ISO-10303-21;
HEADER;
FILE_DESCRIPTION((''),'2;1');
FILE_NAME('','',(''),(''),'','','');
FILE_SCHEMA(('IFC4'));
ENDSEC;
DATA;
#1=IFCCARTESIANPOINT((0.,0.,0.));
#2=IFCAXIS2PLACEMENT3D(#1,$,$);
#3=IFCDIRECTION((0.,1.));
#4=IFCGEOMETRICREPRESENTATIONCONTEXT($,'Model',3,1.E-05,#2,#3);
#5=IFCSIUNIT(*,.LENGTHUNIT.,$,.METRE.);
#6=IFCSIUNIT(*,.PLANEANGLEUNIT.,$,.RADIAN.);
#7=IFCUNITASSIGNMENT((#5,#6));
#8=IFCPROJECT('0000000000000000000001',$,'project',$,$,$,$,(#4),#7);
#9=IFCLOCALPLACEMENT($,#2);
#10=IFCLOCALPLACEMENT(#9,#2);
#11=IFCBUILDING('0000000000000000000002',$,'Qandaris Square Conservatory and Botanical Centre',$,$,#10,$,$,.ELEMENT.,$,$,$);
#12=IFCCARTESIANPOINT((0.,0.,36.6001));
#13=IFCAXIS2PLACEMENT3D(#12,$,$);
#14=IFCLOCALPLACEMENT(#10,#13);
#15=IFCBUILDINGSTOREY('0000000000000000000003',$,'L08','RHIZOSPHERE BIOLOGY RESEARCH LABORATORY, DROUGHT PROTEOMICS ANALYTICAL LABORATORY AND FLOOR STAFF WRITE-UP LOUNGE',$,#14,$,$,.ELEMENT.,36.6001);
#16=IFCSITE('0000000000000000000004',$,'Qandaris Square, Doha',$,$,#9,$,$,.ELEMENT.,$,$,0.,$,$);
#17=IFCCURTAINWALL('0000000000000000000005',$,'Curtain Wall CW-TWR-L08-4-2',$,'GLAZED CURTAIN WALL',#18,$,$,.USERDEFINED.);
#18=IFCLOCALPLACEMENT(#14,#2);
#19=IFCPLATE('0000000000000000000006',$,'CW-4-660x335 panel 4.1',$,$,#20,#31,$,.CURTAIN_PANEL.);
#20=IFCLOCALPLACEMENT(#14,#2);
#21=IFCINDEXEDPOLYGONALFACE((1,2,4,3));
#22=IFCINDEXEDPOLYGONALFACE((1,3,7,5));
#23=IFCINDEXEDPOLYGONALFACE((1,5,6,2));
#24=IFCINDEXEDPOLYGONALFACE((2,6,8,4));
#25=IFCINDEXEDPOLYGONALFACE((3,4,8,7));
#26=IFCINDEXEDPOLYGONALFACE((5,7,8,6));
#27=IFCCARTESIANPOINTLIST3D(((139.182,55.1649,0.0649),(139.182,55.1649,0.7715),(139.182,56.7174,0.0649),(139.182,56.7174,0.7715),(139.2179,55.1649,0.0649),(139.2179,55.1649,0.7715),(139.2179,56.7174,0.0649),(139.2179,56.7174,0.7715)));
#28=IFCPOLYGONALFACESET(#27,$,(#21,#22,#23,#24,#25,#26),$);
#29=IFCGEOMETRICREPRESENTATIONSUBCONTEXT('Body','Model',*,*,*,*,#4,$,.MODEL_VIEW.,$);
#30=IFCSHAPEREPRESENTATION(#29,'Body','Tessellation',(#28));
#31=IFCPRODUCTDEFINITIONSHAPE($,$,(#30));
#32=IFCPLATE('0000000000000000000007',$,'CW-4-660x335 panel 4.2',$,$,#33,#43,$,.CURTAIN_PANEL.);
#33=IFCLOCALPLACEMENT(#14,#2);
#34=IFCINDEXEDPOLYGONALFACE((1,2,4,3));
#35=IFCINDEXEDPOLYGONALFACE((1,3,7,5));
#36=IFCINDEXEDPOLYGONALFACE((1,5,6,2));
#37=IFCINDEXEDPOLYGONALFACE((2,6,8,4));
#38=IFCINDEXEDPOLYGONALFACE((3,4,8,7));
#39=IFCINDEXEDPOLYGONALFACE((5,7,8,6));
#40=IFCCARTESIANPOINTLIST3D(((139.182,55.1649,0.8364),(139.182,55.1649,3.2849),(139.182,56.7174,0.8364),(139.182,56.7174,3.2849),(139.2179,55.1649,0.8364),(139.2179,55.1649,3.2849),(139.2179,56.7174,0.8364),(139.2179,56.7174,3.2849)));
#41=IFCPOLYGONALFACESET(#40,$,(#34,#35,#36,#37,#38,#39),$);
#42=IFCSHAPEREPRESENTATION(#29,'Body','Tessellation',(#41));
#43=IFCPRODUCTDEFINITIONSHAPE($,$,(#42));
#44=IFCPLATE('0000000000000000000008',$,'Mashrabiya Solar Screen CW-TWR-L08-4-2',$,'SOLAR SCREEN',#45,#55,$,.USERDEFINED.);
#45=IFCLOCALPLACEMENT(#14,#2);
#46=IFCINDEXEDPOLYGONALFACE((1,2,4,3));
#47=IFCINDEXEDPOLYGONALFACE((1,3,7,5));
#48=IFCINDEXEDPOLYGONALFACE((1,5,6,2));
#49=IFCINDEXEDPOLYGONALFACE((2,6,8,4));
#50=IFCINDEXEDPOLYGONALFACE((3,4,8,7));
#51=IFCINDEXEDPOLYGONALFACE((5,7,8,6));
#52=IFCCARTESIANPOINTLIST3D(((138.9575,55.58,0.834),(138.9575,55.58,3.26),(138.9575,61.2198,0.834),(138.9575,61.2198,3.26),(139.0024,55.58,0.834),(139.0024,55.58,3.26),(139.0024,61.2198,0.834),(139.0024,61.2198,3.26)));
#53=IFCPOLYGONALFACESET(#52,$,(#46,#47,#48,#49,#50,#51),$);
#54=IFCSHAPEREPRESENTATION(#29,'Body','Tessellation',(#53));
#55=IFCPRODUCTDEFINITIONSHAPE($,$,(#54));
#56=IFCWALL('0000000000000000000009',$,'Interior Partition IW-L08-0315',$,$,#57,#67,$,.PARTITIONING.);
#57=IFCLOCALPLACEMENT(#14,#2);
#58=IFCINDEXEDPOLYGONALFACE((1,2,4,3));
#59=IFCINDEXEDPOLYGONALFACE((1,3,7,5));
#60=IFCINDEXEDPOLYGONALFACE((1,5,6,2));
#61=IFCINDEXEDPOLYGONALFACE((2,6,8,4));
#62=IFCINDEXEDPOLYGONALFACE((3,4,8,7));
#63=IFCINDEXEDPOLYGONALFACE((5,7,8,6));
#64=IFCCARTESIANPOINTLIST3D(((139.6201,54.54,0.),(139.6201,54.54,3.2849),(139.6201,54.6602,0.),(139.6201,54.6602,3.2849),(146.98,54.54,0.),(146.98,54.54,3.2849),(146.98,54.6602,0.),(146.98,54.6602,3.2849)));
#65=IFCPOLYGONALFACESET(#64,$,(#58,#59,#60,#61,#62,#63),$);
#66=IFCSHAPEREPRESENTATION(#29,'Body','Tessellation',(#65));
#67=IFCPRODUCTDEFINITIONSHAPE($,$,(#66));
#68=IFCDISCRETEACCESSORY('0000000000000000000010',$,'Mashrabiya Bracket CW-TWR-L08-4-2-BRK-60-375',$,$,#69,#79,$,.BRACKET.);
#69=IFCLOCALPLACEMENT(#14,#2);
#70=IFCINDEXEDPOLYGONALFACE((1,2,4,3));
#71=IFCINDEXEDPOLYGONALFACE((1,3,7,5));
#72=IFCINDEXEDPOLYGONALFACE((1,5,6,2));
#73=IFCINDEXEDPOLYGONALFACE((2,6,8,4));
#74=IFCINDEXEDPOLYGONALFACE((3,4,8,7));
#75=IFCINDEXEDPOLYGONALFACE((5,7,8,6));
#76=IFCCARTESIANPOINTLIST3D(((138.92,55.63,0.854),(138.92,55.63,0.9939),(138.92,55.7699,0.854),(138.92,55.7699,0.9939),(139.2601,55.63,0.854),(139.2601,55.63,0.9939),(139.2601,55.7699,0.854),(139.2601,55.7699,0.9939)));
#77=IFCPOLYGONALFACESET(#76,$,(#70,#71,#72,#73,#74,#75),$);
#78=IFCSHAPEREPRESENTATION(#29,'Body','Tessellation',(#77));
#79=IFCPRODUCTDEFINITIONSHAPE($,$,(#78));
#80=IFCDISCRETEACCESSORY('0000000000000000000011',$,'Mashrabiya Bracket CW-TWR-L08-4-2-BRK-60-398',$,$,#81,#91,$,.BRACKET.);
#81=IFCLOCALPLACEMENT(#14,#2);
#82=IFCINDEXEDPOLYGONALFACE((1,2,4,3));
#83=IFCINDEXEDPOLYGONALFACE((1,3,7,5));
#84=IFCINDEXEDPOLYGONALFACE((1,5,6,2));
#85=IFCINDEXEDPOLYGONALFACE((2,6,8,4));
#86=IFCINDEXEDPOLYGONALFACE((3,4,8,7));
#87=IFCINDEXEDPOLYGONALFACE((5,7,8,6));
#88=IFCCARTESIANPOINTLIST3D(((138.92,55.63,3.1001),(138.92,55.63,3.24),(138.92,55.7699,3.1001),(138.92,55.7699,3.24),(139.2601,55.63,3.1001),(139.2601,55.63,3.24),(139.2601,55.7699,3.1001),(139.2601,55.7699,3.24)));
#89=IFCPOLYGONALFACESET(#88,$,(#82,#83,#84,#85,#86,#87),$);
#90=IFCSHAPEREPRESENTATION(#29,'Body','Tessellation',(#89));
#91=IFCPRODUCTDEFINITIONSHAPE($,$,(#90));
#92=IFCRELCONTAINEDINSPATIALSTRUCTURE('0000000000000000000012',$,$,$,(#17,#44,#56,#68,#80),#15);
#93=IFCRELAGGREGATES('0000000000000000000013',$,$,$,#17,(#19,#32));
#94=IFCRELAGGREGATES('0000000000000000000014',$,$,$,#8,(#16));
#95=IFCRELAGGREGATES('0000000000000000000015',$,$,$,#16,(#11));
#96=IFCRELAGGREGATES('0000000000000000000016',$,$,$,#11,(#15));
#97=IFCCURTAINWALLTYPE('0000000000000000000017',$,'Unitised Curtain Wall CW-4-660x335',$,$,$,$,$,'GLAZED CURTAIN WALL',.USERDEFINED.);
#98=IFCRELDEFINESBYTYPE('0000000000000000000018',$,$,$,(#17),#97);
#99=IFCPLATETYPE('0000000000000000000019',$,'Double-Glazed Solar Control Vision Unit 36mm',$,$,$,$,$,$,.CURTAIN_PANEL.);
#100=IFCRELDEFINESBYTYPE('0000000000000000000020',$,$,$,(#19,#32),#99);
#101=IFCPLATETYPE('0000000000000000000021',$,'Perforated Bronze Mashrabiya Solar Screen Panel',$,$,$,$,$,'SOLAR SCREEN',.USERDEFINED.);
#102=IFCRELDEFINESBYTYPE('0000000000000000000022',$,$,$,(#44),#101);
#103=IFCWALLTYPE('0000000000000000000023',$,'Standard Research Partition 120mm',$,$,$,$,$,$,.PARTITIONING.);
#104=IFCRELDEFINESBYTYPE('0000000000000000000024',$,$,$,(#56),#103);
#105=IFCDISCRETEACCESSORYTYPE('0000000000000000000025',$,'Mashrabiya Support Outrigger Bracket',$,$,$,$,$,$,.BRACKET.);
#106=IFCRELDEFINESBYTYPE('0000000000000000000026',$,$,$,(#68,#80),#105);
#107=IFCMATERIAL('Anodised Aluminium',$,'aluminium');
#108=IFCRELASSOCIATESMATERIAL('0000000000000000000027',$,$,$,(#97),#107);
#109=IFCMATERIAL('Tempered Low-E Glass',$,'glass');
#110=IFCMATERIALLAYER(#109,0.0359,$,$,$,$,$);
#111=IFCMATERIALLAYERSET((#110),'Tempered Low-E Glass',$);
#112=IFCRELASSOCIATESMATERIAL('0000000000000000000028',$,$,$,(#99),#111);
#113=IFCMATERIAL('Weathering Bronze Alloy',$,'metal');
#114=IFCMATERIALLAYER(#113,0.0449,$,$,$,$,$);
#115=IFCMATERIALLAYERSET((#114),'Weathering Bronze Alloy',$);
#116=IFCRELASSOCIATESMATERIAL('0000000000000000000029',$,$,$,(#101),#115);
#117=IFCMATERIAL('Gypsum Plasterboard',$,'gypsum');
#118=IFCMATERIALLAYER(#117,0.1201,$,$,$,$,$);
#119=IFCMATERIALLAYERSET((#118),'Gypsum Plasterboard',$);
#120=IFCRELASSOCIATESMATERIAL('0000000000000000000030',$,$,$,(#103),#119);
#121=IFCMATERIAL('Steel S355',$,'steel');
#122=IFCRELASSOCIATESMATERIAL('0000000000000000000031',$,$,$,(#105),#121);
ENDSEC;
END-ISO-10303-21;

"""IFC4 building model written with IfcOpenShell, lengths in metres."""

from ifc_helpers import new_model, si_unit, direction, frame, frame_2d, origin, origin_2d, place, context, subcontext, project, spatial, rectangle, extrude, material, layer, layer_set, type_object, element, aggregate, save


model = new_model("IFC4")

# Units and contexts
model_context = context("Model", 3, precision=1e-05, world=origin(), true_north=direction((0.0, 1.0)))
body_context = subcontext(model_context, "Body", "Model", "MODEL_VIEW")
ifc_project = project(units=[si_unit("LENGTHUNIT", "METRE"), si_unit("PLANEANGLEUNIT", "RADIAN")], contexts=[model_context])

# Site, building, storey
site_placement = place(None, origin())
site = spatial("IfcSite", under=ifc_project, at=site_placement, Name="Qandaris Square, Doha", CompositionType="ELEMENT", RefElevation=0.0)
building_placement = place(site_placement, origin())
building = spatial("IfcBuilding", under=site, at=building_placement, Name="Qandaris Square Conservatory and Botanical Centre", CompositionType="ELEMENT")
storey_placement = place(building_placement, frame((0.0, 0.0, 36.6001)))
storey = spatial("IfcBuildingStorey", under=building, at=storey_placement, Name="L08", Description="RHIZOSPHERE BIOLOGY RESEARCH LABORATORY, DROUGHT PROTEOMICS ANALYTICAL LABORATORY AND FLOOR STAFF WRITE-UP LOUNGE", CompositionType="ELEMENT", Elevation=36.6001)

# Curtain wall
ifc_material_1 = material(Name="Anodised Aluminium", Category="aluminium")
curtain_wall_type = type_object("IfcCurtainWallType", Name="Unitised Curtain Wall CW-4-660x335", ElementType="GLAZED CURTAIN WALL", PredefinedType="USERDEFINED", material=ifc_material_1)
curtain_wall_placement = place(storey_placement, origin())
curtain_wall = element("IfcCurtainWall", 1, at=curtain_wall_placement, inside=storey, type_object=curtain_wall_type, Name="Curtain Wall CW-TWR-L08-4-2", ObjectType="GLAZED CURTAIN WALL", PredefinedType="USERDEFINED")

# Shared definitions
ifc_material_2 = material(Name="Steel S355", Category="steel")

# Plates
ifc_material_3 = material(Name="Tempered Low-E Glass", Category="glass")
ifc_layer_1 = layer(ifc_material_3, 0.0359)
ifc_layer_set_1 = layer_set([ifc_layer_1], Name="Tempered Low-E Glass")
plate_type_1 = type_object("IfcPlateType", Name="Double-Glazed Solar Control Vision Unit 36mm", PredefinedType="CURTAIN_PANEL", material=ifc_layer_set_1)
plate_1_placement = place(storey_placement, frame((139.2, 55.9412, 0.0649), z_axis=(0.0, 0.0, 1.0), x_axis=(0.0, -1.0, 0.0)))
plate_1 = element("IfcPlate", 2, at=plate_1_placement, type_object=plate_type_1, Name="CW-4-660x335 panel 4.1", PredefinedType="CURTAIN_PANEL", context=body_context, shape_type="SweptSolid", body=[
    extrude(rectangle(XDim=1.5525, YDim=0.0359, at=origin_2d()), origin(), (0.0, 0.0, 1.0), 0.7065),
])
plate_2_placement = place(storey_placement, frame((139.2, 55.9412, 0.8364), z_axis=(0.0, 0.0, 1.0), x_axis=(0.0, -1.0, 0.0)))
plate_2 = element("IfcPlate", 3, at=plate_2_placement, type_object=plate_type_1, Name="CW-4-660x335 panel 4.2", PredefinedType="CURTAIN_PANEL", context=body_context, shape_type="SweptSolid", body=[
    extrude(rectangle(XDim=1.5525, YDim=0.0359, at=origin_2d()), origin(), (0.0, 0.0, 1.0), 2.4485),
])
aggregate(curtain_wall, [plate_1, plate_2])
ifc_material_4 = material(Name="Weathering Bronze Alloy", Category="metal")
ifc_layer_2 = layer(ifc_material_4, 0.0449)
ifc_layer_set_2 = layer_set([ifc_layer_2], Name="Weathering Bronze Alloy")
plate_type_2 = type_object("IfcPlateType", Name="Perforated Bronze Mashrabiya Solar Screen Panel", ElementType="SOLAR SCREEN", PredefinedType="USERDEFINED", material=ifc_layer_set_2)
plate_3_placement = place(storey_placement, frame((138.98, 58.3999, 0.834), z_axis=(0.0, 0.0, 1.0), x_axis=(0.0, -1.0, 0.0)))
element("IfcPlate", 4, at=plate_3_placement, inside=storey, type_object=plate_type_2, Name="Mashrabiya Solar Screen CW-TWR-L08-4-2", ObjectType="SOLAR SCREEN", PredefinedType="USERDEFINED", context=body_context, shape_type="SweptSolid", body=[
    extrude(rectangle(XDim=5.6399, YDim=0.0449, at=origin_2d()), origin(), (0.0, 0.0, 1.0), 2.426),
])

# Wall
ifc_material_5 = material(Name="Gypsum Plasterboard", Category="gypsum")
ifc_layer_3 = layer(ifc_material_5, 0.1201)
ifc_layer_set_3 = layer_set([ifc_layer_3], Name="Gypsum Plasterboard")
wall_type = type_object("IfcWallType", Name="Standard Research Partition 120mm", PredefinedType="PARTITIONING", material=ifc_layer_set_3)
wall_placement = place(storey_placement, frame((139.6201, 54.6001, 0.0), z_axis=(0.0, 0.0, 1.0), x_axis=(1.0, 0.0, 0.0)))
element("IfcWall", 5, at=wall_placement, inside=storey, type_object=wall_type, Name="Interior Partition IW-L08-0315", PredefinedType="PARTITIONING", context=body_context, shape_type="SweptSolid", body=[
    extrude(rectangle(XDim=7.3599, YDim=0.1201, at=frame_2d((3.6799, 0.0))), origin(), (0.0, 0.0, 1.0), 3.2849),
])

# Discrete accessories
discrete_accessory_type = type_object("IfcDiscreteAccessoryType", Name="Mashrabiya Support Outrigger Bracket", PredefinedType="BRACKET", material=ifc_material_2)
for number, where, z_axis, x_axis, name in (
    (6, (139.0901, 55.7, 0.854), (0.0, 0.0, 1.0), (0.0, -1.0, 0.0), "Mashrabiya Bracket CW-TWR-L08-4-2-BRK-60-375"),
    (7, (139.0901, 55.7, 3.1001), (0.0, 0.0, 1.0), (0.0, -1.0, 0.0), "Mashrabiya Bracket CW-TWR-L08-4-2-BRK-60-398"),
):
    element("IfcDiscreteAccessory", number, at=place(storey_placement, frame(where, z_axis=z_axis, x_axis=x_axis)), inside=storey, type_object=discrete_accessory_type, Name=name, PredefinedType="BRACKET", context=body_context, shape_type="SweptSolid", body=[
        extrude(rectangle(XDim=0.1399, YDim=0.3401, at=origin_2d()), origin(), (0.0, 0.0, 1.0), 0.1399),
    ])

save(model, "model.ifc")
